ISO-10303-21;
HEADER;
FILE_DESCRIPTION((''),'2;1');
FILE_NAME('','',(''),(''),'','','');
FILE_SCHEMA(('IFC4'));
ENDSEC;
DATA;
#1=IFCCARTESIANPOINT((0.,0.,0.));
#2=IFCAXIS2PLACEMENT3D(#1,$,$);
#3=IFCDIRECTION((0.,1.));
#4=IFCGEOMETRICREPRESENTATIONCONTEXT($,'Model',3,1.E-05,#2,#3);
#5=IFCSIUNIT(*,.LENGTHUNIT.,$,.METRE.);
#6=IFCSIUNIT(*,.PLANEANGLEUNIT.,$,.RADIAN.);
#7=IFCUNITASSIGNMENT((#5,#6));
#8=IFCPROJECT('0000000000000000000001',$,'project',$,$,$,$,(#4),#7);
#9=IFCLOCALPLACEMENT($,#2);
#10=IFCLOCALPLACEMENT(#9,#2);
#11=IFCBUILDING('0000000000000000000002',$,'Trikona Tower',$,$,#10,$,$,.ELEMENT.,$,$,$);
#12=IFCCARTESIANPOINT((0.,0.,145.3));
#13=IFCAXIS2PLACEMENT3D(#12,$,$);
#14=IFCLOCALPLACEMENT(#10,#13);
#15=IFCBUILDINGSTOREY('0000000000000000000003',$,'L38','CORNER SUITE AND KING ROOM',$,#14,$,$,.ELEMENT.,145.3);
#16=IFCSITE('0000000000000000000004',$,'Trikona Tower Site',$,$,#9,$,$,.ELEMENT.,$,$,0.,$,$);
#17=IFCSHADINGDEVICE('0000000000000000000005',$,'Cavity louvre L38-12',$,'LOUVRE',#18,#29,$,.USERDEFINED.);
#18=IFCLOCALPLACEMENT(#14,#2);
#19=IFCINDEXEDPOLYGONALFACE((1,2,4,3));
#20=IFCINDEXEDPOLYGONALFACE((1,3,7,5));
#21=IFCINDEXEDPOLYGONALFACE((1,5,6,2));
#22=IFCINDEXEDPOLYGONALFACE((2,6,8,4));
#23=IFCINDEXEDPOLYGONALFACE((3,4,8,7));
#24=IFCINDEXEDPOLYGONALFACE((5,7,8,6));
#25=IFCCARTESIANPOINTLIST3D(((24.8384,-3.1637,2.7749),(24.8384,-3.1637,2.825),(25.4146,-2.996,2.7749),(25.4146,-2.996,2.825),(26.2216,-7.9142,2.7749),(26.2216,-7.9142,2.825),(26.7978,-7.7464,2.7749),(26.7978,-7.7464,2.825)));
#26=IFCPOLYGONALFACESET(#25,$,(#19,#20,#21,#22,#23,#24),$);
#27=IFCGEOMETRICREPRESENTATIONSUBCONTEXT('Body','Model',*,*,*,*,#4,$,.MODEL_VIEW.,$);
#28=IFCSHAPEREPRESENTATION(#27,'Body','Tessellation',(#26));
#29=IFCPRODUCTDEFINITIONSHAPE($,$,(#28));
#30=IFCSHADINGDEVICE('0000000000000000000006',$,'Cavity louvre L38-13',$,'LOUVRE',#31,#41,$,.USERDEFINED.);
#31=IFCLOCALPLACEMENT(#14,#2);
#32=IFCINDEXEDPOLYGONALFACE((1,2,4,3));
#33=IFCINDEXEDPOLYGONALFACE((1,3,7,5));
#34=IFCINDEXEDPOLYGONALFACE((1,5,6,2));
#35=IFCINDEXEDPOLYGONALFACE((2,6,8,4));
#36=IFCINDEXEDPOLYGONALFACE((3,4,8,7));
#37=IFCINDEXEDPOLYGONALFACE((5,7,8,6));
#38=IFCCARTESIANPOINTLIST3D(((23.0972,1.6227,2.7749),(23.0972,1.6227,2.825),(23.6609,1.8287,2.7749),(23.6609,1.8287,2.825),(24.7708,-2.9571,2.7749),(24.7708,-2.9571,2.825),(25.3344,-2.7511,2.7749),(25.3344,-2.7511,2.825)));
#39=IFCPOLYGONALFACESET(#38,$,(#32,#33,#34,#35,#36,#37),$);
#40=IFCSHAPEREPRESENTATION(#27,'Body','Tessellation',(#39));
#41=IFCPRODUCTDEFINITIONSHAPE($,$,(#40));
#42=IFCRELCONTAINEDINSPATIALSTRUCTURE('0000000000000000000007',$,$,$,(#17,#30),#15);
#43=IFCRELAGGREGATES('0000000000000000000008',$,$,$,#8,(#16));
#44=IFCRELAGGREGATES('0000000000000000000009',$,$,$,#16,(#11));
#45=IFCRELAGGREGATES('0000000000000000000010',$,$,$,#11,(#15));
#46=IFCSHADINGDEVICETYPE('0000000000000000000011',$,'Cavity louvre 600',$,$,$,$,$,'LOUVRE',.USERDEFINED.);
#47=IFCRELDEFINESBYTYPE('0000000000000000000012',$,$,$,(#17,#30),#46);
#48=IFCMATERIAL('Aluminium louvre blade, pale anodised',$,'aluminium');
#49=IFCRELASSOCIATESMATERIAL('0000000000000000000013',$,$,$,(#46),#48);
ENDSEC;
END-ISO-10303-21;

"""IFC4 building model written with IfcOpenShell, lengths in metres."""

from ifc_helpers import new_model, si_unit, direction, frame, origin, origin_2d, place, context, subcontext, project, spatial, rectangle, extrude, material, type_object, element, save


model = new_model("IFC4")

# Units and contexts
model_context = context("Model", 3, precision=1e-05, world=origin(), true_north=direction((0.0, 1.0)))
body_context = subcontext(model_context, "Body", "Model", "MODEL_VIEW")
ifc_project = project(units=[si_unit("LENGTHUNIT", "METRE"), si_unit("PLANEANGLEUNIT", "RADIAN")], contexts=[model_context])

# Site, building, storey
site_placement = place(None, origin())
site = spatial("IfcSite", under=ifc_project, at=site_placement, Name="Trikona Tower Site", CompositionType="ELEMENT", RefElevation=0.0)
building_placement = place(site_placement, origin())
building = spatial("IfcBuilding", under=site, at=building_placement, Name="Trikona Tower", CompositionType="ELEMENT")
storey_placement = place(building_placement, frame((0.0, 0.0, 145.3)))
storey = spatial("IfcBuildingStorey", under=building, at=storey_placement, Name="L38", Description="CORNER SUITE AND KING ROOM", CompositionType="ELEMENT", Elevation=145.3)

# Shading devices
ifc_material_1 = material(Name="Aluminium louvre blade, pale anodised", Category="aluminium")
shading_device_type = type_object("IfcShadingDeviceType", Name="Cavity louvre 600", ElementType="LOUVRE", PredefinedType="USERDEFINED", material=ifc_material_1)
shading_device_1_placement = place(storey_placement, frame((25.8181, -5.4551, 2.7749), z_axis=(0.0, 0.0, 1.0), x_axis=(-0.279554, 0.96013, 0.0)))
element("IfcShadingDevice", 1, at=shading_device_1_placement, inside=storey, type_object=shading_device_type, Name="Cavity louvre L38-12", ObjectType="LOUVRE", PredefinedType="USERDEFINED", context=body_context, shape_type="SweptSolid", body=[
    extrude(rectangle(XDim=4.9478, YDim=0.6001, at=origin_2d()), origin(), (0.0, 0.0, 1.0), 0.05),
])
shading_device_2_placement = place(storey_placement, frame((24.2158, -0.5642, 2.7749), z_axis=(0.0, 0.0, 1.0), x_axis=(-0.34322, 0.939255, 0.0)))
element("IfcShadingDevice", 2, at=shading_device_2_placement, inside=storey, type_object=shading_device_type, Name="Cavity louvre L38-13", ObjectType="LOUVRE", PredefinedType="USERDEFINED", context=body_context, shape_type="SweptSolid", body=[
    extrude(rectangle(XDim=4.876, YDim=0.6001, at=origin_2d()), origin(), (0.0, 0.0, 1.0), 0.05),
])

save(model, "model.ifc")
